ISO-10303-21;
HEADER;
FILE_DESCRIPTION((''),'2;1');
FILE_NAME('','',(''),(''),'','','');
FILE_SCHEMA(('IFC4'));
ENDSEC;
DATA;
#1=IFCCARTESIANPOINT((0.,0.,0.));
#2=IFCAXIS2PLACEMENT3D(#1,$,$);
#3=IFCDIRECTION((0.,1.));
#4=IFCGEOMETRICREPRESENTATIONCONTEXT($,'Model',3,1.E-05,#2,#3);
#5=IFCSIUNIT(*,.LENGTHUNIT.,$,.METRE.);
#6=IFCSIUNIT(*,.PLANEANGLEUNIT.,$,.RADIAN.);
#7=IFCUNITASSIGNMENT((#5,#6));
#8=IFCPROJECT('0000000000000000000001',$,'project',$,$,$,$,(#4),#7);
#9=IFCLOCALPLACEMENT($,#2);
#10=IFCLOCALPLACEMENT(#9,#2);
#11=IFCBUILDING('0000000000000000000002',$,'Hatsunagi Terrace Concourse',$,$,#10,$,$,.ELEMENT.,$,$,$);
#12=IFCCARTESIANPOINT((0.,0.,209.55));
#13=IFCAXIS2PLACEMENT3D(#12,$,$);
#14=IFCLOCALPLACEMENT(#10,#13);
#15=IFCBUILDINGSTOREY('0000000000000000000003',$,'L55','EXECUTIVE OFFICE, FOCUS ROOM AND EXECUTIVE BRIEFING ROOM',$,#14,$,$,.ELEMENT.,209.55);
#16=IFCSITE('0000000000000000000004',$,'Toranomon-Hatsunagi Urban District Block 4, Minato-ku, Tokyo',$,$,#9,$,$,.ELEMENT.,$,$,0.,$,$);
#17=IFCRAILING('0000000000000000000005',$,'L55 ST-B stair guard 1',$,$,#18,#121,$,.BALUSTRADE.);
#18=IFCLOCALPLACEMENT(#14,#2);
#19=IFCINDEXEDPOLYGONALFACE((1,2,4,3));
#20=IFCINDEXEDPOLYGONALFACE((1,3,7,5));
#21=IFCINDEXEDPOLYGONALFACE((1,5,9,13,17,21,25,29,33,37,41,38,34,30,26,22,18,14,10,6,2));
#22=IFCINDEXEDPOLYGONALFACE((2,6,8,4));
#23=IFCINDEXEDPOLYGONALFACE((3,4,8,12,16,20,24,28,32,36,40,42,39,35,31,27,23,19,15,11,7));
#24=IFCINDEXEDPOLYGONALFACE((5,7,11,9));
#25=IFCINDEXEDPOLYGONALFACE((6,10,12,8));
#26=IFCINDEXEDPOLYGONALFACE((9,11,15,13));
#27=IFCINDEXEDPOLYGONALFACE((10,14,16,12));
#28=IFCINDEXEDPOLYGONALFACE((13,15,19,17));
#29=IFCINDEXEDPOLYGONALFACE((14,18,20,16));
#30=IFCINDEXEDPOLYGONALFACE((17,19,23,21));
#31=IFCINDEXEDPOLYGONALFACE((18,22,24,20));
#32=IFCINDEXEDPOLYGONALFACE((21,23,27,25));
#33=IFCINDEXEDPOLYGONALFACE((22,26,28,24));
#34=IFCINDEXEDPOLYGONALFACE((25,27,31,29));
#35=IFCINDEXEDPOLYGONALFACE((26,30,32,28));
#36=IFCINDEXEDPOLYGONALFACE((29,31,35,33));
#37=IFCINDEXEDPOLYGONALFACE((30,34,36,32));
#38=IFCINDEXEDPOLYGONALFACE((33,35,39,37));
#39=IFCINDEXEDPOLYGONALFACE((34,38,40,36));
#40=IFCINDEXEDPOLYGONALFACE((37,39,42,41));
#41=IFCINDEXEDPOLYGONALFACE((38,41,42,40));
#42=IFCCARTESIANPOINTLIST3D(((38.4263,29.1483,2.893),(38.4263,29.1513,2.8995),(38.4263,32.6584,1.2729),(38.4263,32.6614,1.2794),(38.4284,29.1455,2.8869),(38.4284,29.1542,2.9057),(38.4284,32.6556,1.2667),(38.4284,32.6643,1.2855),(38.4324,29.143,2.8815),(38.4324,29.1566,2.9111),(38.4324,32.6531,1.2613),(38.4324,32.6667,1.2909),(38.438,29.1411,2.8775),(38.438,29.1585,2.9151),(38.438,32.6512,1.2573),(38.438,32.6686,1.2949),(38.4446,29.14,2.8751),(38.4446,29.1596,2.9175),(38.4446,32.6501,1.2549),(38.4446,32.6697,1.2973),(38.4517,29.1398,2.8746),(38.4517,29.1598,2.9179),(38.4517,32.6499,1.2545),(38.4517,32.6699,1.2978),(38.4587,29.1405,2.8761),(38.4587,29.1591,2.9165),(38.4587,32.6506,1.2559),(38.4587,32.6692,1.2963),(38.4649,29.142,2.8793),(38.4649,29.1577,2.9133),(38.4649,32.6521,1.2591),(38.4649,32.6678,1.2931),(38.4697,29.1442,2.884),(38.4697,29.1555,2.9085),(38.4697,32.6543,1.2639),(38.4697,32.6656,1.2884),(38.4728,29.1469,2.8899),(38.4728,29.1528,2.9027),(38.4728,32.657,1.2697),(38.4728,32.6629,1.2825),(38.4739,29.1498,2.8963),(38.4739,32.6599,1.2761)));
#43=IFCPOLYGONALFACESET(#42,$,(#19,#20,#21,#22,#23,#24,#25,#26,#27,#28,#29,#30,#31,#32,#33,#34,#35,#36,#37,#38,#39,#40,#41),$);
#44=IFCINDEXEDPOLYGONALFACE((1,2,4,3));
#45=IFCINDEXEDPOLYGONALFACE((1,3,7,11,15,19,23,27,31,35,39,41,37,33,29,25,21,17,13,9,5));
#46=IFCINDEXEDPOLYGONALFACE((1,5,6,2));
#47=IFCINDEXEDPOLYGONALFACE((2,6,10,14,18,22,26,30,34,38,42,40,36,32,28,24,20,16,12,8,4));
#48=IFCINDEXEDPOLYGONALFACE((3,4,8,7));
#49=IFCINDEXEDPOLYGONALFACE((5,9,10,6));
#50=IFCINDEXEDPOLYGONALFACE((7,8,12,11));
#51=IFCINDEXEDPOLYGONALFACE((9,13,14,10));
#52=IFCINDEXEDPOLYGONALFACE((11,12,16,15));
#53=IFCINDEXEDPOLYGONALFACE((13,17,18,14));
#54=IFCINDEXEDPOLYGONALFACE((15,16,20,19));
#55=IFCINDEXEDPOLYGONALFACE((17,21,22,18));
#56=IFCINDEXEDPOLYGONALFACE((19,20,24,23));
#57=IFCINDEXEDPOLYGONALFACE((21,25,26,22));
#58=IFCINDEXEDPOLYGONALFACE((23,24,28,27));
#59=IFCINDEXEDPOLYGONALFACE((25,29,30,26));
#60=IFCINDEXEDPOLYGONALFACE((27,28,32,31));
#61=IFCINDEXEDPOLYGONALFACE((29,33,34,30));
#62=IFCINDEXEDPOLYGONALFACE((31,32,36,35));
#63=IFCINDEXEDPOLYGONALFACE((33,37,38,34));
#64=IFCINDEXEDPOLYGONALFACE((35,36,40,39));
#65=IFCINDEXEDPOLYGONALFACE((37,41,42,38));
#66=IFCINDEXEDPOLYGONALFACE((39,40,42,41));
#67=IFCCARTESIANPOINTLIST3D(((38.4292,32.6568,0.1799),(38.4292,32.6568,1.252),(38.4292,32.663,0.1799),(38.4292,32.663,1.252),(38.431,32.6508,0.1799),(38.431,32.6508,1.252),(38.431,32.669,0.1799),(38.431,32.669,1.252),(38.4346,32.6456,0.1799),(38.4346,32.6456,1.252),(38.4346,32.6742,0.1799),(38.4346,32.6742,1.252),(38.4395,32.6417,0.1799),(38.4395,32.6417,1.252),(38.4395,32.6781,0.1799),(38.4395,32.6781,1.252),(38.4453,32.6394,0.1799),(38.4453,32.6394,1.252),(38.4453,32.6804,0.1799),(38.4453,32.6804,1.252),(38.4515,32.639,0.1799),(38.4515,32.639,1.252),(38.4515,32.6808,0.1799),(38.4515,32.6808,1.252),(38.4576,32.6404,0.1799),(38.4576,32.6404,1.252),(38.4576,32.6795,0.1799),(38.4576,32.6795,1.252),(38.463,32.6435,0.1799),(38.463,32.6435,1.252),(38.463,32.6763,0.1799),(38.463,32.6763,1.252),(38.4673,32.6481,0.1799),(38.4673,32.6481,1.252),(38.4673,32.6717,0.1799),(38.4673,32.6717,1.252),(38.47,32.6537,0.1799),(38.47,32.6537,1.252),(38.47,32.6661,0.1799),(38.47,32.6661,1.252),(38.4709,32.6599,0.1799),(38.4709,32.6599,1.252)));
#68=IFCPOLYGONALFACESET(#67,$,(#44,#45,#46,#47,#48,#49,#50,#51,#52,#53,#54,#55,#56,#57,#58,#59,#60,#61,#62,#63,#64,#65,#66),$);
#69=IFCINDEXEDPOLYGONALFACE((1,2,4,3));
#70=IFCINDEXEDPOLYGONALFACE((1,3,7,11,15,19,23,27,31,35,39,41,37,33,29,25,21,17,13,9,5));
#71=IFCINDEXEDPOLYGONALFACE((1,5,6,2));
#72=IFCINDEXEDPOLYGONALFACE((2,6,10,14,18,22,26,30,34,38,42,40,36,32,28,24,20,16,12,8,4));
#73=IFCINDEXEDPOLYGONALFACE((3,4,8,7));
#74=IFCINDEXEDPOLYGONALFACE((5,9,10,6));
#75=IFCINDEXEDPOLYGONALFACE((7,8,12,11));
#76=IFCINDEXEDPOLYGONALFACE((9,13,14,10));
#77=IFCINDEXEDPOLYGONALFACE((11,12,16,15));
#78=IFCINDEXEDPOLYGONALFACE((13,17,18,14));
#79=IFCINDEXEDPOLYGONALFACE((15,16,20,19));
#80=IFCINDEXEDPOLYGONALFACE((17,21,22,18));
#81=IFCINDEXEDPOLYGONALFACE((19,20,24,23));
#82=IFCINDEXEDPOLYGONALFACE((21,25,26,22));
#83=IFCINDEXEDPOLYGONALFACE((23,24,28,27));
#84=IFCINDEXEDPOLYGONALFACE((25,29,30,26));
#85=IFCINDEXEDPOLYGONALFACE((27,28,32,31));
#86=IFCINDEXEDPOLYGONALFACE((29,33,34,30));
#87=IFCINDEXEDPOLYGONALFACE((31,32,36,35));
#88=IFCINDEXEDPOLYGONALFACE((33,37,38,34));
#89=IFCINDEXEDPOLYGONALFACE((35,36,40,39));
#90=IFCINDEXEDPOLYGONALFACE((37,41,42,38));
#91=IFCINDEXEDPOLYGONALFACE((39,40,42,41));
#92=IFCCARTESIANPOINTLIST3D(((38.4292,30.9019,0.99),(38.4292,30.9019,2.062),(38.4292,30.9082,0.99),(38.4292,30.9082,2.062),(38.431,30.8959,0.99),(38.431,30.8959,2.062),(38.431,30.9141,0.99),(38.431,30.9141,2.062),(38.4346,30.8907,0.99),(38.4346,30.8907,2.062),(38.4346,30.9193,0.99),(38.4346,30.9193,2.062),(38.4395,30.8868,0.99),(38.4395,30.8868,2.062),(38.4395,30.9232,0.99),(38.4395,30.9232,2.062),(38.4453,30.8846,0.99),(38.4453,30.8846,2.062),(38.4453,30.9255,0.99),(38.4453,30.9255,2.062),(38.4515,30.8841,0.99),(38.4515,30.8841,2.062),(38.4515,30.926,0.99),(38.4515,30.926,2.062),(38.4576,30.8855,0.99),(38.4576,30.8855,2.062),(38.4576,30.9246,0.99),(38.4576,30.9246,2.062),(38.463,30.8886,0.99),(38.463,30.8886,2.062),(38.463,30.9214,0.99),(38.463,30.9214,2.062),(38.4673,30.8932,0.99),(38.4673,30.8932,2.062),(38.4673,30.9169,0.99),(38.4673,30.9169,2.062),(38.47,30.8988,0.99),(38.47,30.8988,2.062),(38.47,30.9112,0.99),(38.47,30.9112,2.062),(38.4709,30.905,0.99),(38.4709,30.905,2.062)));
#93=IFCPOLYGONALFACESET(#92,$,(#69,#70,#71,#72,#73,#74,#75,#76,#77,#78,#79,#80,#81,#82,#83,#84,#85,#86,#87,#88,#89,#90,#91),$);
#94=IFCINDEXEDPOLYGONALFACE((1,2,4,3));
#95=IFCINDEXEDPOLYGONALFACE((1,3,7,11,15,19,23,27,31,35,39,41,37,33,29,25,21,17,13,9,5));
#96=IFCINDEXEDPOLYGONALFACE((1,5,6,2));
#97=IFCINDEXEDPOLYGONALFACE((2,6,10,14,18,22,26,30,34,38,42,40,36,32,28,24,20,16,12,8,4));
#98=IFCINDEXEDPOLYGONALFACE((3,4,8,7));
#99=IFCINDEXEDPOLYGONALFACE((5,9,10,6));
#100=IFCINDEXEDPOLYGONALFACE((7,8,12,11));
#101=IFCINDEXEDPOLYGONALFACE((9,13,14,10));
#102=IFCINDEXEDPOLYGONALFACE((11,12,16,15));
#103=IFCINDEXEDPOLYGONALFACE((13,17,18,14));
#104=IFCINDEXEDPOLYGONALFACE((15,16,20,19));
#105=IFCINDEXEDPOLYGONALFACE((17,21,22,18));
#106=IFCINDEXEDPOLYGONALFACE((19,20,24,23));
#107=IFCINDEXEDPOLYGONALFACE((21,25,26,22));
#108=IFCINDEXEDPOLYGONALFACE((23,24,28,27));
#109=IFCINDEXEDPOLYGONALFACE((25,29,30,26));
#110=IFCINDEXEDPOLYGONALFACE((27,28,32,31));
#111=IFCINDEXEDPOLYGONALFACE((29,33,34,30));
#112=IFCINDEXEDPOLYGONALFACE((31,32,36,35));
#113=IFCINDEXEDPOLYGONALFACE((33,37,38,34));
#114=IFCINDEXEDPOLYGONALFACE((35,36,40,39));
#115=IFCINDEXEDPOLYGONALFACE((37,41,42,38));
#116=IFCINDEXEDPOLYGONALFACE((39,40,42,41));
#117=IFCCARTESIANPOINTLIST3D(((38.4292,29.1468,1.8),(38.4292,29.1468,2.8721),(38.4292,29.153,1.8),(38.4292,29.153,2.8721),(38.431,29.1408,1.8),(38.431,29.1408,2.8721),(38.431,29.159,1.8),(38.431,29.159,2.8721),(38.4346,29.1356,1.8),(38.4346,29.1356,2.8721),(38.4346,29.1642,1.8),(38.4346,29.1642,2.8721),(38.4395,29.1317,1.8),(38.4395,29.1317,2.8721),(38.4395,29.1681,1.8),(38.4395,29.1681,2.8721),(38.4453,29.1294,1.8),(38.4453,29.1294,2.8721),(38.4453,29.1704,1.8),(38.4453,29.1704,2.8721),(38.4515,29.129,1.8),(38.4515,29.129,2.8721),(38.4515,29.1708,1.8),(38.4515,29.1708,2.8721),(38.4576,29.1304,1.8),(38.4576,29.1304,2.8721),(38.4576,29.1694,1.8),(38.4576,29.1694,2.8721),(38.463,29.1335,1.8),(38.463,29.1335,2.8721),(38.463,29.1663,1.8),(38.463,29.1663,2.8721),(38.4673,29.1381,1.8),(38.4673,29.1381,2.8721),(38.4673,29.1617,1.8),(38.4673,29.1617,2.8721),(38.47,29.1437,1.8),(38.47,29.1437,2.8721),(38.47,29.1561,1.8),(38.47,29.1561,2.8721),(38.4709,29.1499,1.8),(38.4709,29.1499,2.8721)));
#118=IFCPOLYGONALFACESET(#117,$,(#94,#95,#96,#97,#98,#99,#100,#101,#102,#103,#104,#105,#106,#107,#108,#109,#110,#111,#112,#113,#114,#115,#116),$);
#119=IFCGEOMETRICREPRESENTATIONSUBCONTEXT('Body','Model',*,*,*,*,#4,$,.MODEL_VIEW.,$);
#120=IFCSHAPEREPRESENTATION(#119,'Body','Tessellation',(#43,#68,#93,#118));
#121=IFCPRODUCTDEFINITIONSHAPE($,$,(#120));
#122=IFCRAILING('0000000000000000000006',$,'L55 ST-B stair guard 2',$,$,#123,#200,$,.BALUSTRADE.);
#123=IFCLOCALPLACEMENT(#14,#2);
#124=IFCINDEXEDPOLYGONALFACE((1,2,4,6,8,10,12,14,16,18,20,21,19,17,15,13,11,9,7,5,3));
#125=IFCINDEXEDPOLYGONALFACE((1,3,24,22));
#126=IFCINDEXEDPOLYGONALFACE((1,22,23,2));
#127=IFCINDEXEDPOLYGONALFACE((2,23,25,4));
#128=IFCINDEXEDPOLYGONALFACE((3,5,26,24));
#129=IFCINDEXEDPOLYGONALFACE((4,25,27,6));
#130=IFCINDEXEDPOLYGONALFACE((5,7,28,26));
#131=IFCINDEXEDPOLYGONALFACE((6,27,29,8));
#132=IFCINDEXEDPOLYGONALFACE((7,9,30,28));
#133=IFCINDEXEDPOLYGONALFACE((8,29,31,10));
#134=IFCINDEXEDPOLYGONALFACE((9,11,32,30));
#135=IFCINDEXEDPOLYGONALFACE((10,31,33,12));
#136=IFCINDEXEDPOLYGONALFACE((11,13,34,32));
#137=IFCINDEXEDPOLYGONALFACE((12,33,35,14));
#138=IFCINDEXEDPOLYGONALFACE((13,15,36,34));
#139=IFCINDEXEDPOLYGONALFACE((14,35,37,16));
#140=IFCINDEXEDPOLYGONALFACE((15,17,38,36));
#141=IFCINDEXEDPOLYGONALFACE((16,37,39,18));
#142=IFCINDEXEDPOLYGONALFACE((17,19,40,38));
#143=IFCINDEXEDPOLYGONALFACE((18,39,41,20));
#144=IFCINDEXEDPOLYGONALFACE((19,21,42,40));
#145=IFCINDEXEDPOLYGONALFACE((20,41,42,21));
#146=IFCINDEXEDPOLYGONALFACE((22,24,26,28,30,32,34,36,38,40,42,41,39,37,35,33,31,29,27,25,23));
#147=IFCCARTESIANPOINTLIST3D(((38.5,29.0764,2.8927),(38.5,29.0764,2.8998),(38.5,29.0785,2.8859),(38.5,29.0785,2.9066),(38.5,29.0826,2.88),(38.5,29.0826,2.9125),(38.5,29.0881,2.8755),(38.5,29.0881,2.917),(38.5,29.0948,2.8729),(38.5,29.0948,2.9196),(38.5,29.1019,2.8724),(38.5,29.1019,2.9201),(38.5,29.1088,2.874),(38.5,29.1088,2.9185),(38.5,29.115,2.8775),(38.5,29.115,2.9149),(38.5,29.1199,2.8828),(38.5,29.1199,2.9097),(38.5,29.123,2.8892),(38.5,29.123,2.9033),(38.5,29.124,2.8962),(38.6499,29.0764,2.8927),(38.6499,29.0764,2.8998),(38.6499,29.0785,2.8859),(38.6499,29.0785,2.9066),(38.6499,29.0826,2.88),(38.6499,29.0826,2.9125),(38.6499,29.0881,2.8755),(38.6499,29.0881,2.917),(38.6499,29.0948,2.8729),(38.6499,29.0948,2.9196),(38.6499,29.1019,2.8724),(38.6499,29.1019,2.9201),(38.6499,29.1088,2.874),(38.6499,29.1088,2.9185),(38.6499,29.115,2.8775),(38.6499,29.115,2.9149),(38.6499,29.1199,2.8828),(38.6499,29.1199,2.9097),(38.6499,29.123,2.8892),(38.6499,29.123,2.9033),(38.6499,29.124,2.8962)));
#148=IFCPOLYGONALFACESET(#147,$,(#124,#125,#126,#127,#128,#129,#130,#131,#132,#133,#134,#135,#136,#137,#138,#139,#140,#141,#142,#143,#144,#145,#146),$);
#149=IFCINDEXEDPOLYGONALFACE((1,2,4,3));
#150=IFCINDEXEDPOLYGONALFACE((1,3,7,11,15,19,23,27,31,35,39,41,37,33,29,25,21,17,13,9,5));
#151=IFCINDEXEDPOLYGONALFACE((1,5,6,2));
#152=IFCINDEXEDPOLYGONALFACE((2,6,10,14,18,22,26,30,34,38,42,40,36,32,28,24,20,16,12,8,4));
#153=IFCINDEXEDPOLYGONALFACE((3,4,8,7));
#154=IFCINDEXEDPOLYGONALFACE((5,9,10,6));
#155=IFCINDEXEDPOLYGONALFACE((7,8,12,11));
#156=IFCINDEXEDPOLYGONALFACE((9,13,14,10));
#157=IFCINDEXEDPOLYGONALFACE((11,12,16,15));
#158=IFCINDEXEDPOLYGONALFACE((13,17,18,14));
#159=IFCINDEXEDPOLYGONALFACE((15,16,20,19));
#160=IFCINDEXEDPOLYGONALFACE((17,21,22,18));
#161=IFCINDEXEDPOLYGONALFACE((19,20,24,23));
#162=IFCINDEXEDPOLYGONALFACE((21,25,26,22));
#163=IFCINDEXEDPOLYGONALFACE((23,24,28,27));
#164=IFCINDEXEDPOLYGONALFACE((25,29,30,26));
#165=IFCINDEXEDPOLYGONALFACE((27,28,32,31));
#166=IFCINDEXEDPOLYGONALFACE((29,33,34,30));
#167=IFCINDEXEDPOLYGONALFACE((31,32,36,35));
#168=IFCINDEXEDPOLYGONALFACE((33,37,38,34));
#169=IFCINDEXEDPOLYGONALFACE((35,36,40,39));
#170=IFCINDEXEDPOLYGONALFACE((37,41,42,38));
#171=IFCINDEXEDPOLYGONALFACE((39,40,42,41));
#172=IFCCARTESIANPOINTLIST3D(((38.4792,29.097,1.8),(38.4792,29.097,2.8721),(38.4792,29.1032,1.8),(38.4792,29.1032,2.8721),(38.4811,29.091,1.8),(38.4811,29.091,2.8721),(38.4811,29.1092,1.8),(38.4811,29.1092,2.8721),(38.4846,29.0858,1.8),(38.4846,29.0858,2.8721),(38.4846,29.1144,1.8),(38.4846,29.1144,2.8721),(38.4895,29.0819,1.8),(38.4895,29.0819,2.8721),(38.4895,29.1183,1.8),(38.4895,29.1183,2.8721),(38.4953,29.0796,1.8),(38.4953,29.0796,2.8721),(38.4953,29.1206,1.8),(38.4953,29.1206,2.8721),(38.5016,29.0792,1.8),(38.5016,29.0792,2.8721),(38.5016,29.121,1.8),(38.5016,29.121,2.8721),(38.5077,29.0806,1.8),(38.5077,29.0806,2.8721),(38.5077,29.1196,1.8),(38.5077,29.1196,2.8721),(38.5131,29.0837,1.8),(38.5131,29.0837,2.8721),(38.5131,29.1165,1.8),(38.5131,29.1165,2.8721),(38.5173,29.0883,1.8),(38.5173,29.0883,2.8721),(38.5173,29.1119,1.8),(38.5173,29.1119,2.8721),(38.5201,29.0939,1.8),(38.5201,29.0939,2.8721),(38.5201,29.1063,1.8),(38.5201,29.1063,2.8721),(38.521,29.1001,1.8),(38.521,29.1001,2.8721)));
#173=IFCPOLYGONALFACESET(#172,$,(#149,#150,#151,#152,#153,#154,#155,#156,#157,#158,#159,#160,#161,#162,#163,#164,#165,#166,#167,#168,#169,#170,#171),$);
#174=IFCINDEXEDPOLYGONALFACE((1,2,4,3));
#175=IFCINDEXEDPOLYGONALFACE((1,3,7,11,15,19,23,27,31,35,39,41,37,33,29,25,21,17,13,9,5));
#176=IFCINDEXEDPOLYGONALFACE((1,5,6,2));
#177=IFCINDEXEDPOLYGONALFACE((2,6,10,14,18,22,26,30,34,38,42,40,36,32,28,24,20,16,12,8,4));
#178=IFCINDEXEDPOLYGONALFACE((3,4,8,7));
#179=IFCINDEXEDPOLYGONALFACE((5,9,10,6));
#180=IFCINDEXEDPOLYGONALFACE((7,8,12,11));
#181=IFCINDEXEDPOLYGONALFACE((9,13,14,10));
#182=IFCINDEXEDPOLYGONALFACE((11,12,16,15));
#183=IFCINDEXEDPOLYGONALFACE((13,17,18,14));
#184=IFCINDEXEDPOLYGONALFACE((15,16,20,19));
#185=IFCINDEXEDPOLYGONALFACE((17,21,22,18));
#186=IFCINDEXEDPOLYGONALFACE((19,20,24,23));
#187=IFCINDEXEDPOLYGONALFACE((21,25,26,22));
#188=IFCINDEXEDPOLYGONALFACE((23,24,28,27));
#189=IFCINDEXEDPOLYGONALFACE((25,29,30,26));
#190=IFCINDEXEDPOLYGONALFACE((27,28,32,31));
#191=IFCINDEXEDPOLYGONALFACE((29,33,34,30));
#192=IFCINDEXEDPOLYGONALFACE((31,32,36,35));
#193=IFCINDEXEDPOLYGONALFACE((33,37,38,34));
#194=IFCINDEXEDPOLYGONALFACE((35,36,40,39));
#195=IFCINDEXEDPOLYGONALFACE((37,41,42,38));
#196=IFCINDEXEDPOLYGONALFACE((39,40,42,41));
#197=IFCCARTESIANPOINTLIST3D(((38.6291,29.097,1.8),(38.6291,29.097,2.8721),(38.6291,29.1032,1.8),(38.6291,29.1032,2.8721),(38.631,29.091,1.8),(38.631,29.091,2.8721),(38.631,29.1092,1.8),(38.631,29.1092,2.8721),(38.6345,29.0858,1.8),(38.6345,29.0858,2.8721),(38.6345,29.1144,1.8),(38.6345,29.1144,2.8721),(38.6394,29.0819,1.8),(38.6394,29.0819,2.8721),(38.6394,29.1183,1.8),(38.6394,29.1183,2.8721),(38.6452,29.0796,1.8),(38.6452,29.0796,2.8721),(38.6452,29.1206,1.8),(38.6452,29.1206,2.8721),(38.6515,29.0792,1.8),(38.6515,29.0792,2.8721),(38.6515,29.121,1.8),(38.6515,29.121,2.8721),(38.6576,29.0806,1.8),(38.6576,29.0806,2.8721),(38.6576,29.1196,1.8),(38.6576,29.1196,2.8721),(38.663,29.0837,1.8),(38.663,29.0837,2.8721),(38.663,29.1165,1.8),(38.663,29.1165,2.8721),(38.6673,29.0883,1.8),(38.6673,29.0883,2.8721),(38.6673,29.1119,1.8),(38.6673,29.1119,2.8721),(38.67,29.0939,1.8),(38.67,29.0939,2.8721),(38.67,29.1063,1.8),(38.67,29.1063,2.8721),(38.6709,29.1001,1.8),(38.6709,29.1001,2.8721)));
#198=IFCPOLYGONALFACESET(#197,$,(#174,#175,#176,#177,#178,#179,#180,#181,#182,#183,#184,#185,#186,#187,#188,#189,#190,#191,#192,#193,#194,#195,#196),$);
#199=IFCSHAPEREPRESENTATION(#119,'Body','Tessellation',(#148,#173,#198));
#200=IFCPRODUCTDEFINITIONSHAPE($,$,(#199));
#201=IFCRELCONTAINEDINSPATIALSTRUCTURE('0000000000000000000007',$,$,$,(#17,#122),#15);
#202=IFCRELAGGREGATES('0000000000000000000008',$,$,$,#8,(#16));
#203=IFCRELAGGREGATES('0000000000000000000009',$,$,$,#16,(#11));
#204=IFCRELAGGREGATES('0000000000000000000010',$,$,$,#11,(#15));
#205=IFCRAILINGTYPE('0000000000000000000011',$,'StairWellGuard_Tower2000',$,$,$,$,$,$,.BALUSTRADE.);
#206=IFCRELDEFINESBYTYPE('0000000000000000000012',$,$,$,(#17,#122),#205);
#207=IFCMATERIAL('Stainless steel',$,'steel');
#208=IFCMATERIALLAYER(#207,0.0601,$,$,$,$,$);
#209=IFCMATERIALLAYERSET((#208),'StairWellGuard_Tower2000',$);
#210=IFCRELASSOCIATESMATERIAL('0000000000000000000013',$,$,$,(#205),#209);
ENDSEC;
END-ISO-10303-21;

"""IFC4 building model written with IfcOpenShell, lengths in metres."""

from ifc_helpers import new_model, si_unit, direction, frame, origin, origin_2d, place, context, subcontext, project, spatial, circle, extrude, material, layer, layer_set, type_object, element, save


model = new_model("IFC4")

# Units and contexts
model_context = context("Model", 3, precision=1e-05, world=origin(), true_north=direction((0.0, 1.0)))
body_context = subcontext(model_context, "Body", "Model", "MODEL_VIEW")
ifc_project = project(units=[si_unit("LENGTHUNIT", "METRE"), si_unit("PLANEANGLEUNIT", "RADIAN")], contexts=[model_context])

# Site, building, storey
site_placement = place(None, origin())
site = spatial("IfcSite", under=ifc_project, at=site_placement, Name="Toranomon-Hatsunagi Urban District Block 4, Minato-ku, Tokyo", CompositionType="ELEMENT", RefElevation=0.0)
building_placement = place(site_placement, origin())
building = spatial("IfcBuilding", under=site, at=building_placement, Name="Hatsunagi Terrace Concourse", CompositionType="ELEMENT")
storey_placement = place(building_placement, frame((0.0, 0.0, 209.55)))
storey = spatial("IfcBuildingStorey", under=building, at=storey_placement, Name="L55", Description="EXECUTIVE OFFICE, FOCUS ROOM AND EXECUTIVE BRIEFING ROOM", CompositionType="ELEMENT", Elevation=209.55)

# Railings
ifc_material_1 = material(Name="Stainless steel", Category="steel")
ifc_layer_1 = layer(ifc_material_1, 0.0601)
ifc_layer_set_1 = layer_set([ifc_layer_1], Name="StairWellGuard_Tower2000")
railing_type_1 = type_object("IfcRailingType", Name="StairWellGuard_Tower2000", PredefinedType="BALUSTRADE", material=ifc_layer_set_1)
railing_1_placement = place(storey_placement, frame((38.45, 32.6599, 0.1799)))
element("IfcRailing", 1, at=railing_1_placement, inside=storey, type_object=railing_type_1, Name="L55 ST-B stair guard 1", PredefinedType="BALUSTRADE", context=body_context, shape_type="SweptSolid", body=[
    extrude(circle(Radius=0.0239, at=origin_2d()), frame((0.0, 0.0, 1.0962), z_axis=(0.0, -0.907948, 0.419082), x_axis=(1.0, 0.0, 0.0)), (0.0, 0.0, 1.0), 3.866),
    extrude(circle(Radius=0.021, at=origin_2d()), origin(), (0.0, 0.0, 1.0), 1.072),
    extrude(circle(Radius=0.021, at=origin_2d()), frame((0.0, -1.7549, 0.8101)), (0.0, 0.0, 1.0), 1.072),
    extrude(circle(Radius=0.021, at=origin_2d()), frame((0.0, -3.51, 1.6201)), (0.0, 0.0, 1.0), 1.072),
])
railing_2_placement = place(storey_placement, frame((38.5, 29.1001, 1.8)))
element("IfcRailing", 2, at=railing_2_placement, inside=storey, type_object=railing_type_1, Name="L55 ST-B stair guard 2", PredefinedType="BALUSTRADE", context=body_context, shape_type="SweptSolid", body=[
    extrude(circle(Radius=0.0239, at=origin_2d()), frame((0.0, 0.0, 1.0962), z_axis=(1.0, 0.0, 0.0), x_axis=(0.0, 1.0, 0.0)), (0.0, 0.0, 1.0), 0.1499),
    extrude(circle(Radius=0.021, at=origin_2d()), origin(), (0.0, 0.0, 1.0), 1.072),
    extrude(circle(Radius=0.021, at=origin_2d()), frame((0.1499, 0.0, 0.0)), (0.0, 0.0, 1.0), 1.072),
])

save(model, "model.ifc")
